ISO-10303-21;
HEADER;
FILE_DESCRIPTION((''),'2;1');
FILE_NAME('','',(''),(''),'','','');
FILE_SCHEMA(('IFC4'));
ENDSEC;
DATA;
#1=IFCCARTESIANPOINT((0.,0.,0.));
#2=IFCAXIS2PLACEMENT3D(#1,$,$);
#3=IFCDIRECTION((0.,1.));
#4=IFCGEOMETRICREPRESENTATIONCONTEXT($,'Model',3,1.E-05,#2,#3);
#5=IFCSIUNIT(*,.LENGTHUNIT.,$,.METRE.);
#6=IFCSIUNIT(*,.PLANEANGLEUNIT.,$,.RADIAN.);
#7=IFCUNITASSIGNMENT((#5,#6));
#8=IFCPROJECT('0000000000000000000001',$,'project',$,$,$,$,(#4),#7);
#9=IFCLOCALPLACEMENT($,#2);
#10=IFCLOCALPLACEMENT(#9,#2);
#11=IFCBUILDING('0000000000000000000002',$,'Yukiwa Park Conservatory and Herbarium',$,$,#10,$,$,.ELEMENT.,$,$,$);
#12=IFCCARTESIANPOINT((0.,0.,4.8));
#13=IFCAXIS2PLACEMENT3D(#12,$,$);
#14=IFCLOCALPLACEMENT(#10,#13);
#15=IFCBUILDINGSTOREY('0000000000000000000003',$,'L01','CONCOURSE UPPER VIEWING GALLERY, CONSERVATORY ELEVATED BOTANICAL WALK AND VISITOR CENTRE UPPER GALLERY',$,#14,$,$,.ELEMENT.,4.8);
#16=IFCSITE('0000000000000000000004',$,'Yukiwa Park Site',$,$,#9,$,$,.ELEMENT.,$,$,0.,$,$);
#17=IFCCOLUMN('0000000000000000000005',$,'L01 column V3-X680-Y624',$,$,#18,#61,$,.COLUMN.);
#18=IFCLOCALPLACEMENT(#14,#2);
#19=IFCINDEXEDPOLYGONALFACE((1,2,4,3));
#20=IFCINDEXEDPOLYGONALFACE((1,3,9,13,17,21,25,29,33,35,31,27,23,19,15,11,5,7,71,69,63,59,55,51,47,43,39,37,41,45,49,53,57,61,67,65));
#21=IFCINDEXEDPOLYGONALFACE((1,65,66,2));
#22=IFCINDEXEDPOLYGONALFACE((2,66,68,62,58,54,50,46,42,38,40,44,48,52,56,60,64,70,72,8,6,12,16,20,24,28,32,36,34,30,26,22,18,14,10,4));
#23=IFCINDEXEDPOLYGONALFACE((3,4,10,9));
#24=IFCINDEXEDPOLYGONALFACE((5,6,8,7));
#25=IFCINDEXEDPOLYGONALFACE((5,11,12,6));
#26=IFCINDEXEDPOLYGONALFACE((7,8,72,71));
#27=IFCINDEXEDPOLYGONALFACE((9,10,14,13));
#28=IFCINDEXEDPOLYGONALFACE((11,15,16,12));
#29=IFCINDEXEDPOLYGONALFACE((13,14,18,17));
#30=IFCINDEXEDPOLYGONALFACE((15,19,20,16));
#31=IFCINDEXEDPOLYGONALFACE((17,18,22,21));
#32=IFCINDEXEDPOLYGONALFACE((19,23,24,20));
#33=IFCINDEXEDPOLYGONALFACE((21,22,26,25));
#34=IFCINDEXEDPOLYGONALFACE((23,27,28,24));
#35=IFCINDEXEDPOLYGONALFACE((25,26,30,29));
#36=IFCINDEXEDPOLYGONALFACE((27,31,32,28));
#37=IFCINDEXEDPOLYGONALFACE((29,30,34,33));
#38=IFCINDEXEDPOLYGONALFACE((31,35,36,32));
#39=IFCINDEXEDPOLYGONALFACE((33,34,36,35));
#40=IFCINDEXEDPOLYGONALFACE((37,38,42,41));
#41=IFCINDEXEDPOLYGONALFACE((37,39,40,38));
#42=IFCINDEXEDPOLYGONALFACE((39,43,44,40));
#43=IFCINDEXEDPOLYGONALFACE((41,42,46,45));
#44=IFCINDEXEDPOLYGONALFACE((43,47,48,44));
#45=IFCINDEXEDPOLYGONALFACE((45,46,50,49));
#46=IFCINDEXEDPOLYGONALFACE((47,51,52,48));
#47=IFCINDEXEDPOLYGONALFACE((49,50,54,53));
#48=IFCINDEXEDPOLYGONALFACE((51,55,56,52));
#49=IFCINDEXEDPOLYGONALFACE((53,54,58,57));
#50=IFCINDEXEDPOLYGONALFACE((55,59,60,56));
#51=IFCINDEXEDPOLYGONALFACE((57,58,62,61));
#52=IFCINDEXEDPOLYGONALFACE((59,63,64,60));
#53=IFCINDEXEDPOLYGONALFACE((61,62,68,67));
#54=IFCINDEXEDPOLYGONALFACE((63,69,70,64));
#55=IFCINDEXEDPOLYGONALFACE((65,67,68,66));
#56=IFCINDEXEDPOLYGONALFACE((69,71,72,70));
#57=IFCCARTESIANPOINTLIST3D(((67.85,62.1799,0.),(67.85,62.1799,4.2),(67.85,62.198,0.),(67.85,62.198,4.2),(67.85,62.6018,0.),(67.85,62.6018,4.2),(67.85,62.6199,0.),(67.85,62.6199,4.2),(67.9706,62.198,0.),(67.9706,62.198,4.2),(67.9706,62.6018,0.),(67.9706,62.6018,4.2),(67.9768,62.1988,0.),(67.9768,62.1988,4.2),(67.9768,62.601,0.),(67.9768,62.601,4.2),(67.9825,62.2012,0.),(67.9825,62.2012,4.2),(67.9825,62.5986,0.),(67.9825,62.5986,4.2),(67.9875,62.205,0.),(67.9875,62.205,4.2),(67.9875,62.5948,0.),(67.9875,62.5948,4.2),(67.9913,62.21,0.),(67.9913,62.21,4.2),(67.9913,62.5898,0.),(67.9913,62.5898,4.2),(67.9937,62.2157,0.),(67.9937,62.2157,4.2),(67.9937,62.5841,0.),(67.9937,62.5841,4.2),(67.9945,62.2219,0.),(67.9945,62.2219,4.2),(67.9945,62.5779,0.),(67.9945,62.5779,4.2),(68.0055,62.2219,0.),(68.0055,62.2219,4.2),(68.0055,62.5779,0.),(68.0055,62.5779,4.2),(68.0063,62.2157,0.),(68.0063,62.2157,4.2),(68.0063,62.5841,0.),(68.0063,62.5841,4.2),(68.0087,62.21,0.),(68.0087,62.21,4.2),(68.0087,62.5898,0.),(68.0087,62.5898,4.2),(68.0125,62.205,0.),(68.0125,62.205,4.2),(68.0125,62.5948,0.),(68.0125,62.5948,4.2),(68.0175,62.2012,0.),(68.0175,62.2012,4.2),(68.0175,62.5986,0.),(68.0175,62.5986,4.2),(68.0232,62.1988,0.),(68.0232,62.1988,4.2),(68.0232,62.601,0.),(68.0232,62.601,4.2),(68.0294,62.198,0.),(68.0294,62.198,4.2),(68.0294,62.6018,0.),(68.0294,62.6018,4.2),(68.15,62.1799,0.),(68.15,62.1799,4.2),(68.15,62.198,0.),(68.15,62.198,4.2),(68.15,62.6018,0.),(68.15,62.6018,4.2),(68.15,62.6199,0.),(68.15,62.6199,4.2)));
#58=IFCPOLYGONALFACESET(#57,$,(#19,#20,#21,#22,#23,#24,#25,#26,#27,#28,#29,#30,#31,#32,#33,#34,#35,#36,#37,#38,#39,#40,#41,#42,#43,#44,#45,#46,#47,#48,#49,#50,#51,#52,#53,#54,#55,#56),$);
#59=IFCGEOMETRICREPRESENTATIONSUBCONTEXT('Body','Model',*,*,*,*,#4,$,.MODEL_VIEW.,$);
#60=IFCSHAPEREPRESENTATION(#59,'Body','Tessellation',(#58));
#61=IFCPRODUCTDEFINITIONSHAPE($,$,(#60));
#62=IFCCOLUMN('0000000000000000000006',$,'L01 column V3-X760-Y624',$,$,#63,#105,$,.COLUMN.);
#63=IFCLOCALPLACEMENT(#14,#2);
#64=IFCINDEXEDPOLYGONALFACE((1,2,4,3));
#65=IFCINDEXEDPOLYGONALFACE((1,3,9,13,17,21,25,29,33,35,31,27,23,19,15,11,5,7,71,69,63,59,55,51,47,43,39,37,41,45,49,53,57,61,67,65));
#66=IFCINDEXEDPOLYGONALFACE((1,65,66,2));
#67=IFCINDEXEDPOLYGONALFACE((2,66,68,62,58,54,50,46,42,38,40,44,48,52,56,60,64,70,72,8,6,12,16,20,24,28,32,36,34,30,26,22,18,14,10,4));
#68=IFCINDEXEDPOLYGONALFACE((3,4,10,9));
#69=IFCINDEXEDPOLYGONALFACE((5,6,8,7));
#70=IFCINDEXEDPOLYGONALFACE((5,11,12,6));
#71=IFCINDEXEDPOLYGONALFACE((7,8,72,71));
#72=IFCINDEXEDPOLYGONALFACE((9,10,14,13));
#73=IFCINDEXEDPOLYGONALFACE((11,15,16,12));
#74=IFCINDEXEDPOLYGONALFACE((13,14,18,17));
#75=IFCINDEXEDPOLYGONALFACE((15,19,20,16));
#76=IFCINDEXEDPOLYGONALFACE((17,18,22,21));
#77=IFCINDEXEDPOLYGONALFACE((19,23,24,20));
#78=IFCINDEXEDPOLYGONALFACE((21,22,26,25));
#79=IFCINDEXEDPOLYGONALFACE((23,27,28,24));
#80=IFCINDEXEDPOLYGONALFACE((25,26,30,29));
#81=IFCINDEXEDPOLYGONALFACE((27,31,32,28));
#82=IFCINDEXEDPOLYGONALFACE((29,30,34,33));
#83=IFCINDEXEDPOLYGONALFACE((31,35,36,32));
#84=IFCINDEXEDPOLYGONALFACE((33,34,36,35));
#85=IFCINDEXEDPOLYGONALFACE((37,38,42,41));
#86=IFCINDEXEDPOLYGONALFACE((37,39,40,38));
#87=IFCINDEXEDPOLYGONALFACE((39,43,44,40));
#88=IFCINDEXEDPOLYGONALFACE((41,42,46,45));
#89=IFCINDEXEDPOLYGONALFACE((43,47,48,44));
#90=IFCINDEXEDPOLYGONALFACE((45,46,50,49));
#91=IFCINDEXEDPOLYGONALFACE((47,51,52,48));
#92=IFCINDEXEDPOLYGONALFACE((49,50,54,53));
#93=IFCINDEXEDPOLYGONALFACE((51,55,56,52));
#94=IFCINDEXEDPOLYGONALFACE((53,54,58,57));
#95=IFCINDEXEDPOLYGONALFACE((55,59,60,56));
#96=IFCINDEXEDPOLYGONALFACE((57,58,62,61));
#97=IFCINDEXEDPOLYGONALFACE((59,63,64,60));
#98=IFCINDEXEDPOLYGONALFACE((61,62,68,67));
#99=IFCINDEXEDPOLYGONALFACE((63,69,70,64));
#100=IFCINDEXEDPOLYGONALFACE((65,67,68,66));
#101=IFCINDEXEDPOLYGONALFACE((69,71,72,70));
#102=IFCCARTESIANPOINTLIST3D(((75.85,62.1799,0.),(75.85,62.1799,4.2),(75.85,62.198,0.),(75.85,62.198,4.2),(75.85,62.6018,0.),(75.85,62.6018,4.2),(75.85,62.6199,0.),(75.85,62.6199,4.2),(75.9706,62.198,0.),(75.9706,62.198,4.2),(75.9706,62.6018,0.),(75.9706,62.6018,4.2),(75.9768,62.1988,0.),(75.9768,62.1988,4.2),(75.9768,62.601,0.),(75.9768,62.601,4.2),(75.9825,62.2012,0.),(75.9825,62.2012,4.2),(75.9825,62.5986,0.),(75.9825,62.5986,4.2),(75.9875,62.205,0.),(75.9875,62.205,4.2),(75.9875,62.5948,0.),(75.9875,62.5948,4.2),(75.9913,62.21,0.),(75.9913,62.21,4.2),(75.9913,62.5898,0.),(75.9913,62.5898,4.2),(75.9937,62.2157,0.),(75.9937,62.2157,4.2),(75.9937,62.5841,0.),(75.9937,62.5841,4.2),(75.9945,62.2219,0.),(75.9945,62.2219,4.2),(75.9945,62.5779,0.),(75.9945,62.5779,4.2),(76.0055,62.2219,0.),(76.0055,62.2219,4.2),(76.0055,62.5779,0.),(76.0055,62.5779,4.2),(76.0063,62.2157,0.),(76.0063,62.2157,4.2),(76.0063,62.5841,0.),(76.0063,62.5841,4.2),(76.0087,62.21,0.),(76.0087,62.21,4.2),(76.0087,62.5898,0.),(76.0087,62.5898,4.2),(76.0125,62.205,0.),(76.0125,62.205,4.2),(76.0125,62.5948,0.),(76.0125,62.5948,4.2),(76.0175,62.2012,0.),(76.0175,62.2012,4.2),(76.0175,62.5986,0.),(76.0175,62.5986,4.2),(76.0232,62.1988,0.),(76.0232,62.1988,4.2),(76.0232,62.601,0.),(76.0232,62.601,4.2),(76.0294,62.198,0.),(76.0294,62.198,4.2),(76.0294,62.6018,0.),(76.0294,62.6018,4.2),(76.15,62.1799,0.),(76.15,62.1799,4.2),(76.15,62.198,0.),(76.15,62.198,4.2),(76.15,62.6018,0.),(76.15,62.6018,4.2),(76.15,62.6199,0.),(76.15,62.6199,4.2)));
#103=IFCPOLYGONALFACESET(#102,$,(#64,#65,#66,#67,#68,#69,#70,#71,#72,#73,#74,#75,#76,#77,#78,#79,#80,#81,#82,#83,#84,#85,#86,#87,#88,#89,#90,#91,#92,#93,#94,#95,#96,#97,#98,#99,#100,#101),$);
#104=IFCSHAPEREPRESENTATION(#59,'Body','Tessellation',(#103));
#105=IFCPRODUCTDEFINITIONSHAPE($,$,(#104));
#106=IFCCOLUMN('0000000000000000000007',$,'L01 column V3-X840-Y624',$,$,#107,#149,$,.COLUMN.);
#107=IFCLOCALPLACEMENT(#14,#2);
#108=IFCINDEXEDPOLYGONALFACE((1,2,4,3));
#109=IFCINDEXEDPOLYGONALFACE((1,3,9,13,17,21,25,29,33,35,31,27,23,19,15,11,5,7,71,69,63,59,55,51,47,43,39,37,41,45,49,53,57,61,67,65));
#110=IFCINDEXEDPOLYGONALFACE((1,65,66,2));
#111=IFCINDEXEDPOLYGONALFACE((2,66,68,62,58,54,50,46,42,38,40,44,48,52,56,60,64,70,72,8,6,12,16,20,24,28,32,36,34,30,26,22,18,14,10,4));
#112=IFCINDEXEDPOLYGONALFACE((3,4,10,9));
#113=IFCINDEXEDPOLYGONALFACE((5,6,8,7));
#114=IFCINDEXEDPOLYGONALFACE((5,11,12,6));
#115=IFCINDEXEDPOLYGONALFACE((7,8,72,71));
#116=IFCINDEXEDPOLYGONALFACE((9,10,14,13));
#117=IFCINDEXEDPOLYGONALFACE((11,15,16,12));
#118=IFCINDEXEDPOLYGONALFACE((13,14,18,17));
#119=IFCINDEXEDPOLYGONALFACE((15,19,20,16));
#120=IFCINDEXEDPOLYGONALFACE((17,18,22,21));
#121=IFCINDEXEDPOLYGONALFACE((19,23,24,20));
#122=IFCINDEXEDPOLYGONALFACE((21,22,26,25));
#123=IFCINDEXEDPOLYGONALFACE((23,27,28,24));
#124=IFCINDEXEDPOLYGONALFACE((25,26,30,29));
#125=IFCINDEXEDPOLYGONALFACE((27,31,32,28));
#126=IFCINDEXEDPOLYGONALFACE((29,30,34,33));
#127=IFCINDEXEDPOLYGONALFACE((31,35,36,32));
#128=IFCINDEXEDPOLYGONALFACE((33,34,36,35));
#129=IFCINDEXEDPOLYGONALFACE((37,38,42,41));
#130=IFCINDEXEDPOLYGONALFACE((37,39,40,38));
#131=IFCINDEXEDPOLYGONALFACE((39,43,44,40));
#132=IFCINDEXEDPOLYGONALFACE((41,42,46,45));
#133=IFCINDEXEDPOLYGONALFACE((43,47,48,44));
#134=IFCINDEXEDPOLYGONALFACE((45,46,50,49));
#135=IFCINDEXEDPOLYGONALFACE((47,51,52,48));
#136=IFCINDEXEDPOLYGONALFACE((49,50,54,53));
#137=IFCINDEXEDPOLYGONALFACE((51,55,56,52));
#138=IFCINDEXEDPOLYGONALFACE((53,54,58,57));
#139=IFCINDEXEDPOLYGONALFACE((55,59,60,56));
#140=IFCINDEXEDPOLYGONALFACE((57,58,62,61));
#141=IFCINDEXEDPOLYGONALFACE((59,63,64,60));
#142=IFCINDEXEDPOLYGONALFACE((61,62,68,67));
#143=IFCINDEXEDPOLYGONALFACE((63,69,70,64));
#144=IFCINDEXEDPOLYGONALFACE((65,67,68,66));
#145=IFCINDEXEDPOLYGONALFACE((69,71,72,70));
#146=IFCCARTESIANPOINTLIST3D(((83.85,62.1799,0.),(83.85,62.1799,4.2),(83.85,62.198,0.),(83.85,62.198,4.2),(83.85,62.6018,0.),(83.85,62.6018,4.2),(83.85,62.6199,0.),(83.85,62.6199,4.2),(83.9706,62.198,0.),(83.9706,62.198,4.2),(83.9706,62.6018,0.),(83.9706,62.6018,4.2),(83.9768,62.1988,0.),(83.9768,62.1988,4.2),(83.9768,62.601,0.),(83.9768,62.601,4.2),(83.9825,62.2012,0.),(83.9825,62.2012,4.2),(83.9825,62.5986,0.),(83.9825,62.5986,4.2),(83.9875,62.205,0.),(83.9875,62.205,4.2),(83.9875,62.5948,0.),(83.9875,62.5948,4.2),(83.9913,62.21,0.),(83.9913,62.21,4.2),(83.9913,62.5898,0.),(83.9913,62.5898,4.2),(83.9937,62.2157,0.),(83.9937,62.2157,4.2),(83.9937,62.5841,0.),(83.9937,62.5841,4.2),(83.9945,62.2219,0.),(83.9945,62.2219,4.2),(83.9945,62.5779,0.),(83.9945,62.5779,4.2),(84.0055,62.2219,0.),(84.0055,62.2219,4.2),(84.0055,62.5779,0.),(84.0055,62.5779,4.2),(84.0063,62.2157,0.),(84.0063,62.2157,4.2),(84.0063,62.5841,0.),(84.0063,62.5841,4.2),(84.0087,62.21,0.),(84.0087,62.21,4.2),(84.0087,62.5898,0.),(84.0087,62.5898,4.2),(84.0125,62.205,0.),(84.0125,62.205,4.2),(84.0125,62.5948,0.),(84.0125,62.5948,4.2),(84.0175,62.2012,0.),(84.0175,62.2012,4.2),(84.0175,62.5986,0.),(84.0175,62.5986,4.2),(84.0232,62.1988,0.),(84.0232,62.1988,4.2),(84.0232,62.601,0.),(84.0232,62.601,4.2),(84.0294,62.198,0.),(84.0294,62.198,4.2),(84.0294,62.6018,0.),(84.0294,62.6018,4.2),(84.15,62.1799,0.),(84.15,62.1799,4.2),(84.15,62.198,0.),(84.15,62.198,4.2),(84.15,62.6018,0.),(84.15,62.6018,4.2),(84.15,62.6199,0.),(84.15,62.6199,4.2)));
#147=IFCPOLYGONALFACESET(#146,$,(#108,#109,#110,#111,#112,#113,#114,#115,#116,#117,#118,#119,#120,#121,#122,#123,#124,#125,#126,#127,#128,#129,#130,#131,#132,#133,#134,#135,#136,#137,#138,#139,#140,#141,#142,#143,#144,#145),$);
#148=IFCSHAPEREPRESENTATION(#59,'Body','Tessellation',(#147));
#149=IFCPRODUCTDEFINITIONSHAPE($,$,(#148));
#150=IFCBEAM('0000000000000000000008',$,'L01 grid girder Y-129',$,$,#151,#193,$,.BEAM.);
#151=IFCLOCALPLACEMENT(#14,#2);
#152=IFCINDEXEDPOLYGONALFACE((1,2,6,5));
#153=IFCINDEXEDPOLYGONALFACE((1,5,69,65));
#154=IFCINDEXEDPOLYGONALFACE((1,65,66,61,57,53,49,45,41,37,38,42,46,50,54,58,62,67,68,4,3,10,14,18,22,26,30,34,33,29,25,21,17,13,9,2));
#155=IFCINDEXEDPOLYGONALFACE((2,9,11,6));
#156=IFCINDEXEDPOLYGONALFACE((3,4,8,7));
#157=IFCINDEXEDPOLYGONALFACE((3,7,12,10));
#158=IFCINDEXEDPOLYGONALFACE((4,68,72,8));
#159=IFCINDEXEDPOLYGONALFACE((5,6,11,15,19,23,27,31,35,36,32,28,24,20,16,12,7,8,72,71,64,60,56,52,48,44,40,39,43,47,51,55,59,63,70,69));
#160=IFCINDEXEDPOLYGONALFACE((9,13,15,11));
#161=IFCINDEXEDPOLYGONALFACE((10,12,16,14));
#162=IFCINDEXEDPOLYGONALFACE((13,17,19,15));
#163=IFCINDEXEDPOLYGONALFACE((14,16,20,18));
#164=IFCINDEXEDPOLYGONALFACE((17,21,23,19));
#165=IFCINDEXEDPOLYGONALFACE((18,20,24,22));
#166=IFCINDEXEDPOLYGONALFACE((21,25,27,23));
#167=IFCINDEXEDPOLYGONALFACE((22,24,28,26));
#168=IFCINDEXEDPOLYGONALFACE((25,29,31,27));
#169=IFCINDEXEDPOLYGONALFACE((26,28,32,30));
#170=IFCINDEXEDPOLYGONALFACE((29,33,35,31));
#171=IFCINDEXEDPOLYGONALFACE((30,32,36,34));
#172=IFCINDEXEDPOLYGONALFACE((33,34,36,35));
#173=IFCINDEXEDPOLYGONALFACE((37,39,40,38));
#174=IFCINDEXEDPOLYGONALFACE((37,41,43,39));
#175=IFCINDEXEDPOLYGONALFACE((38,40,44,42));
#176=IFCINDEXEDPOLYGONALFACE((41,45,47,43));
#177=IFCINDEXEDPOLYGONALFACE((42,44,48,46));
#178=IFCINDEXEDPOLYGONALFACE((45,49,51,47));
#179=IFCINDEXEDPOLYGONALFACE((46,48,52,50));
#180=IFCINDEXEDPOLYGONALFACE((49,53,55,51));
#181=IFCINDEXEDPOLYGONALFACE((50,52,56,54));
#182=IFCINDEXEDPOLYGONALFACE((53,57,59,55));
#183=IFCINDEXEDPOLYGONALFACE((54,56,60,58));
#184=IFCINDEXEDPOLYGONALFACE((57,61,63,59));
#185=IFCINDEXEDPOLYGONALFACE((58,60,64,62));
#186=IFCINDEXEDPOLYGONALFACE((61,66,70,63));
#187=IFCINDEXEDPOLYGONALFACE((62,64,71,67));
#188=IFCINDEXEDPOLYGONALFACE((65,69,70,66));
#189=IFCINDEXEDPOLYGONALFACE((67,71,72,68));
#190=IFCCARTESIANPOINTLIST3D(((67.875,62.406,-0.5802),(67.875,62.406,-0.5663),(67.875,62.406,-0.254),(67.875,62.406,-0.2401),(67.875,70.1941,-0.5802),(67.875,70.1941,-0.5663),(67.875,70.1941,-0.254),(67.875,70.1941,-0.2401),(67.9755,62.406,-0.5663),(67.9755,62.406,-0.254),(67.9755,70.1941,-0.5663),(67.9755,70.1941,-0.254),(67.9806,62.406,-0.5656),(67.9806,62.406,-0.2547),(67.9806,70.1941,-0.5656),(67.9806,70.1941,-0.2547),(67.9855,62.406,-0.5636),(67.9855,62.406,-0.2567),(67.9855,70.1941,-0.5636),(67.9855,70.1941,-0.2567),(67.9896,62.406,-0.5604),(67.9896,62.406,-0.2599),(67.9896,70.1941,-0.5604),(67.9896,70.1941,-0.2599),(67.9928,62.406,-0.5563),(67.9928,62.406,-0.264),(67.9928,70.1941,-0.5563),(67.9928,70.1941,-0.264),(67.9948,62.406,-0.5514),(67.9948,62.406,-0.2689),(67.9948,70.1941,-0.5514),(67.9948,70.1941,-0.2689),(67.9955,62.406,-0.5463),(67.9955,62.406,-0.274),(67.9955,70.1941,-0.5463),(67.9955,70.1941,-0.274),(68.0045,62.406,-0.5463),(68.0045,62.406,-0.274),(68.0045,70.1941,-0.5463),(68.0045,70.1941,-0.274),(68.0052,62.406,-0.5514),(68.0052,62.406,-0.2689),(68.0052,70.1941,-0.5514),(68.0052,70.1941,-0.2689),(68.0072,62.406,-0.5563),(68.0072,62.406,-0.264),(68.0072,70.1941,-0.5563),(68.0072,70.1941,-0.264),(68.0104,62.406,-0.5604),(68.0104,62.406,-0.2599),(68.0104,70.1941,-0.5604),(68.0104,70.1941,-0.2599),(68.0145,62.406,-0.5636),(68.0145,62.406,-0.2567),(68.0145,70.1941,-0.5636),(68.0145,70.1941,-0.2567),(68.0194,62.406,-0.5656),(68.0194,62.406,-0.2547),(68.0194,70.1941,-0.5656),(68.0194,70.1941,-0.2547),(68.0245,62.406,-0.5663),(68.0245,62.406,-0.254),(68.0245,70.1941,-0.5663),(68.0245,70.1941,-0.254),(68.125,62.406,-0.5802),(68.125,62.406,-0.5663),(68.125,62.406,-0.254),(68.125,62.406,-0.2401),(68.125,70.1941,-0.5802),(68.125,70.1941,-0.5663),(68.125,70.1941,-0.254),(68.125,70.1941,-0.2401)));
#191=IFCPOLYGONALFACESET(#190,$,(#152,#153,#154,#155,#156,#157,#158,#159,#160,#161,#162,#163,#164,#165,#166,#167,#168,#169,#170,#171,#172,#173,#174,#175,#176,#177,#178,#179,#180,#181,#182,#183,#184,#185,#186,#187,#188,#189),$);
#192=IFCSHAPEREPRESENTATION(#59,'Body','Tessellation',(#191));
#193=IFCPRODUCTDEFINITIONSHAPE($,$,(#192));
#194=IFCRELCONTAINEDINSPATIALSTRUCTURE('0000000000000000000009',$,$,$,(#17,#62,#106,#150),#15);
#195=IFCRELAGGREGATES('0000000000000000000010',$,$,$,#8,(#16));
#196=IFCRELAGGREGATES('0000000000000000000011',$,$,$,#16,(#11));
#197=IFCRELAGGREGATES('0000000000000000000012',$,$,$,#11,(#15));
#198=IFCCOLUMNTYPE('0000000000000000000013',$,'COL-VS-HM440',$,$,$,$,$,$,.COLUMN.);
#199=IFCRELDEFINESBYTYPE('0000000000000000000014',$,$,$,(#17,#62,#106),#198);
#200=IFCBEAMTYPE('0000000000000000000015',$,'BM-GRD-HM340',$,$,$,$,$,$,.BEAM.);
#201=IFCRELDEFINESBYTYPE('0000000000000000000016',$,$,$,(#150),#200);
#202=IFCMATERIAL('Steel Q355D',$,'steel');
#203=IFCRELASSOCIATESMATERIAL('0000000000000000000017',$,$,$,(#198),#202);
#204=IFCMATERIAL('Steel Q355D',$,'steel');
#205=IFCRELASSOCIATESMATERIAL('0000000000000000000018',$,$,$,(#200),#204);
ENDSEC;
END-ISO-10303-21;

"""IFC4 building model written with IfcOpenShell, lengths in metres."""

from ifc_helpers import new_model, si_unit, direction, frame, origin, origin_2d, place, context, subcontext, project, spatial, i_section, extrude, material, material_profile, profile_set, type_object, element, save


model = new_model("IFC4")

# Units and contexts
model_context = context("Model", 3, precision=1e-05, world=origin(), true_north=direction((0.0, 1.0)))
body_context = subcontext(model_context, "Body", "Model", "MODEL_VIEW")
ifc_project = project(units=[si_unit("LENGTHUNIT", "METRE"), si_unit("PLANEANGLEUNIT", "RADIAN")], contexts=[model_context])

# Site, building, storey
site_placement = place(None, origin())
site = spatial("IfcSite", under=ifc_project, at=site_placement, Name="Yukiwa Park Site", CompositionType="ELEMENT", RefElevation=0.0)
building_placement = place(site_placement, origin())
building = spatial("IfcBuilding", under=site, at=building_placement, Name="Yukiwa Park Conservatory and Herbarium", CompositionType="ELEMENT")
storey_placement = place(building_placement, frame((0.0, 0.0, 4.8)))
storey = spatial("IfcBuildingStorey", under=building, at=storey_placement, Name="L01", Description="CONCOURSE UPPER VIEWING GALLERY, CONSERVATORY ELEVATED BOTANICAL WALK AND VISITOR CENTRE UPPER GALLERY", CompositionType="ELEMENT", Elevation=4.8)

# Columns
ifc_material_1 = material(Name="Steel Q355D", Category="steel")
ifc_material_profile_1 = material_profile(ifc_material_1, i_section(OverallWidth=0.3, OverallDepth=0.4399, WebThickness=0.011, FlangeThickness=0.0181, FilletRadius=0.0239, at=origin_2d()), Name="HM 440x300x11x18")
ifc_profile_set_1 = profile_set([ifc_material_profile_1], Name="Steel Q355D")
column_type = type_object("IfcColumnType", Name="COL-VS-HM440", PredefinedType="COLUMN", material=ifc_profile_set_1)
for number, where, z_axis, x_axis, name in (
    (1, (68.0, 62.3999, 0.0), (0.0, 0.0, 1.0), (1.0, 0.0, 0.0), "L01 column V3-X680-Y624"),
    (2, (76.0, 62.3999, 0.0), (0.0, 0.0, 1.0), (1.0, 0.0, 0.0), "L01 column V3-X760-Y624"),
    (3, (84.0, 62.3999, 0.0), (0.0, 0.0, 1.0), (1.0, 0.0, 0.0), "L01 column V3-X840-Y624"),
):
    element("IfcColumn", number, at=place(storey_placement, frame(where, z_axis=z_axis, x_axis=x_axis)), inside=storey, type_object=column_type, Name=name, PredefinedType="COLUMN", context=body_context, shape_type="SweptSolid", body=[
        extrude(i_section(OverallWidth=0.3, OverallDepth=0.4399, WebThickness=0.011, FlangeThickness=0.0181, FilletRadius=0.0239, at=origin_2d()), origin(), (0.0, 0.0, 1.0), 4.2),
    ])

# Beam
ifc_material_2 = material(Name="Steel Q355D", Category="steel")
ifc_material_profile_2 = material_profile(ifc_material_2, i_section(OverallWidth=0.25, OverallDepth=0.3401, WebThickness=0.009, FlangeThickness=0.0139, FilletRadius=0.02, at=origin_2d()), Name="HM 340x250x9x14")
ifc_profile_set_2 = profile_set([ifc_material_profile_2], Name="Steel Q355D")
beam_type_1 = type_object("IfcBeamType", Name="BM-GRD-HM340", PredefinedType="BEAM", material=ifc_profile_set_2)
for number, where, z_axis, x_axis, name in (
    (4, (68.0, 62.406, -0.4102), (0.0, 1.0, 0.0), (-1.0, 0.0, 0.0), "L01 grid girder Y-129"),
):
    element("IfcBeam", number, at=place(storey_placement, frame(where, z_axis=z_axis, x_axis=x_axis)), inside=storey, type_object=beam_type_1, Name=name, PredefinedType="BEAM", context=body_context, shape_type="SweptSolid", body=[
        extrude(i_section(OverallWidth=0.25, OverallDepth=0.3401, WebThickness=0.009, FlangeThickness=0.0139, FilletRadius=0.02, at=origin_2d()), origin(), (0.0, 0.0, 1.0), 7.7881),
    ])

save(model, "model.ifc")
